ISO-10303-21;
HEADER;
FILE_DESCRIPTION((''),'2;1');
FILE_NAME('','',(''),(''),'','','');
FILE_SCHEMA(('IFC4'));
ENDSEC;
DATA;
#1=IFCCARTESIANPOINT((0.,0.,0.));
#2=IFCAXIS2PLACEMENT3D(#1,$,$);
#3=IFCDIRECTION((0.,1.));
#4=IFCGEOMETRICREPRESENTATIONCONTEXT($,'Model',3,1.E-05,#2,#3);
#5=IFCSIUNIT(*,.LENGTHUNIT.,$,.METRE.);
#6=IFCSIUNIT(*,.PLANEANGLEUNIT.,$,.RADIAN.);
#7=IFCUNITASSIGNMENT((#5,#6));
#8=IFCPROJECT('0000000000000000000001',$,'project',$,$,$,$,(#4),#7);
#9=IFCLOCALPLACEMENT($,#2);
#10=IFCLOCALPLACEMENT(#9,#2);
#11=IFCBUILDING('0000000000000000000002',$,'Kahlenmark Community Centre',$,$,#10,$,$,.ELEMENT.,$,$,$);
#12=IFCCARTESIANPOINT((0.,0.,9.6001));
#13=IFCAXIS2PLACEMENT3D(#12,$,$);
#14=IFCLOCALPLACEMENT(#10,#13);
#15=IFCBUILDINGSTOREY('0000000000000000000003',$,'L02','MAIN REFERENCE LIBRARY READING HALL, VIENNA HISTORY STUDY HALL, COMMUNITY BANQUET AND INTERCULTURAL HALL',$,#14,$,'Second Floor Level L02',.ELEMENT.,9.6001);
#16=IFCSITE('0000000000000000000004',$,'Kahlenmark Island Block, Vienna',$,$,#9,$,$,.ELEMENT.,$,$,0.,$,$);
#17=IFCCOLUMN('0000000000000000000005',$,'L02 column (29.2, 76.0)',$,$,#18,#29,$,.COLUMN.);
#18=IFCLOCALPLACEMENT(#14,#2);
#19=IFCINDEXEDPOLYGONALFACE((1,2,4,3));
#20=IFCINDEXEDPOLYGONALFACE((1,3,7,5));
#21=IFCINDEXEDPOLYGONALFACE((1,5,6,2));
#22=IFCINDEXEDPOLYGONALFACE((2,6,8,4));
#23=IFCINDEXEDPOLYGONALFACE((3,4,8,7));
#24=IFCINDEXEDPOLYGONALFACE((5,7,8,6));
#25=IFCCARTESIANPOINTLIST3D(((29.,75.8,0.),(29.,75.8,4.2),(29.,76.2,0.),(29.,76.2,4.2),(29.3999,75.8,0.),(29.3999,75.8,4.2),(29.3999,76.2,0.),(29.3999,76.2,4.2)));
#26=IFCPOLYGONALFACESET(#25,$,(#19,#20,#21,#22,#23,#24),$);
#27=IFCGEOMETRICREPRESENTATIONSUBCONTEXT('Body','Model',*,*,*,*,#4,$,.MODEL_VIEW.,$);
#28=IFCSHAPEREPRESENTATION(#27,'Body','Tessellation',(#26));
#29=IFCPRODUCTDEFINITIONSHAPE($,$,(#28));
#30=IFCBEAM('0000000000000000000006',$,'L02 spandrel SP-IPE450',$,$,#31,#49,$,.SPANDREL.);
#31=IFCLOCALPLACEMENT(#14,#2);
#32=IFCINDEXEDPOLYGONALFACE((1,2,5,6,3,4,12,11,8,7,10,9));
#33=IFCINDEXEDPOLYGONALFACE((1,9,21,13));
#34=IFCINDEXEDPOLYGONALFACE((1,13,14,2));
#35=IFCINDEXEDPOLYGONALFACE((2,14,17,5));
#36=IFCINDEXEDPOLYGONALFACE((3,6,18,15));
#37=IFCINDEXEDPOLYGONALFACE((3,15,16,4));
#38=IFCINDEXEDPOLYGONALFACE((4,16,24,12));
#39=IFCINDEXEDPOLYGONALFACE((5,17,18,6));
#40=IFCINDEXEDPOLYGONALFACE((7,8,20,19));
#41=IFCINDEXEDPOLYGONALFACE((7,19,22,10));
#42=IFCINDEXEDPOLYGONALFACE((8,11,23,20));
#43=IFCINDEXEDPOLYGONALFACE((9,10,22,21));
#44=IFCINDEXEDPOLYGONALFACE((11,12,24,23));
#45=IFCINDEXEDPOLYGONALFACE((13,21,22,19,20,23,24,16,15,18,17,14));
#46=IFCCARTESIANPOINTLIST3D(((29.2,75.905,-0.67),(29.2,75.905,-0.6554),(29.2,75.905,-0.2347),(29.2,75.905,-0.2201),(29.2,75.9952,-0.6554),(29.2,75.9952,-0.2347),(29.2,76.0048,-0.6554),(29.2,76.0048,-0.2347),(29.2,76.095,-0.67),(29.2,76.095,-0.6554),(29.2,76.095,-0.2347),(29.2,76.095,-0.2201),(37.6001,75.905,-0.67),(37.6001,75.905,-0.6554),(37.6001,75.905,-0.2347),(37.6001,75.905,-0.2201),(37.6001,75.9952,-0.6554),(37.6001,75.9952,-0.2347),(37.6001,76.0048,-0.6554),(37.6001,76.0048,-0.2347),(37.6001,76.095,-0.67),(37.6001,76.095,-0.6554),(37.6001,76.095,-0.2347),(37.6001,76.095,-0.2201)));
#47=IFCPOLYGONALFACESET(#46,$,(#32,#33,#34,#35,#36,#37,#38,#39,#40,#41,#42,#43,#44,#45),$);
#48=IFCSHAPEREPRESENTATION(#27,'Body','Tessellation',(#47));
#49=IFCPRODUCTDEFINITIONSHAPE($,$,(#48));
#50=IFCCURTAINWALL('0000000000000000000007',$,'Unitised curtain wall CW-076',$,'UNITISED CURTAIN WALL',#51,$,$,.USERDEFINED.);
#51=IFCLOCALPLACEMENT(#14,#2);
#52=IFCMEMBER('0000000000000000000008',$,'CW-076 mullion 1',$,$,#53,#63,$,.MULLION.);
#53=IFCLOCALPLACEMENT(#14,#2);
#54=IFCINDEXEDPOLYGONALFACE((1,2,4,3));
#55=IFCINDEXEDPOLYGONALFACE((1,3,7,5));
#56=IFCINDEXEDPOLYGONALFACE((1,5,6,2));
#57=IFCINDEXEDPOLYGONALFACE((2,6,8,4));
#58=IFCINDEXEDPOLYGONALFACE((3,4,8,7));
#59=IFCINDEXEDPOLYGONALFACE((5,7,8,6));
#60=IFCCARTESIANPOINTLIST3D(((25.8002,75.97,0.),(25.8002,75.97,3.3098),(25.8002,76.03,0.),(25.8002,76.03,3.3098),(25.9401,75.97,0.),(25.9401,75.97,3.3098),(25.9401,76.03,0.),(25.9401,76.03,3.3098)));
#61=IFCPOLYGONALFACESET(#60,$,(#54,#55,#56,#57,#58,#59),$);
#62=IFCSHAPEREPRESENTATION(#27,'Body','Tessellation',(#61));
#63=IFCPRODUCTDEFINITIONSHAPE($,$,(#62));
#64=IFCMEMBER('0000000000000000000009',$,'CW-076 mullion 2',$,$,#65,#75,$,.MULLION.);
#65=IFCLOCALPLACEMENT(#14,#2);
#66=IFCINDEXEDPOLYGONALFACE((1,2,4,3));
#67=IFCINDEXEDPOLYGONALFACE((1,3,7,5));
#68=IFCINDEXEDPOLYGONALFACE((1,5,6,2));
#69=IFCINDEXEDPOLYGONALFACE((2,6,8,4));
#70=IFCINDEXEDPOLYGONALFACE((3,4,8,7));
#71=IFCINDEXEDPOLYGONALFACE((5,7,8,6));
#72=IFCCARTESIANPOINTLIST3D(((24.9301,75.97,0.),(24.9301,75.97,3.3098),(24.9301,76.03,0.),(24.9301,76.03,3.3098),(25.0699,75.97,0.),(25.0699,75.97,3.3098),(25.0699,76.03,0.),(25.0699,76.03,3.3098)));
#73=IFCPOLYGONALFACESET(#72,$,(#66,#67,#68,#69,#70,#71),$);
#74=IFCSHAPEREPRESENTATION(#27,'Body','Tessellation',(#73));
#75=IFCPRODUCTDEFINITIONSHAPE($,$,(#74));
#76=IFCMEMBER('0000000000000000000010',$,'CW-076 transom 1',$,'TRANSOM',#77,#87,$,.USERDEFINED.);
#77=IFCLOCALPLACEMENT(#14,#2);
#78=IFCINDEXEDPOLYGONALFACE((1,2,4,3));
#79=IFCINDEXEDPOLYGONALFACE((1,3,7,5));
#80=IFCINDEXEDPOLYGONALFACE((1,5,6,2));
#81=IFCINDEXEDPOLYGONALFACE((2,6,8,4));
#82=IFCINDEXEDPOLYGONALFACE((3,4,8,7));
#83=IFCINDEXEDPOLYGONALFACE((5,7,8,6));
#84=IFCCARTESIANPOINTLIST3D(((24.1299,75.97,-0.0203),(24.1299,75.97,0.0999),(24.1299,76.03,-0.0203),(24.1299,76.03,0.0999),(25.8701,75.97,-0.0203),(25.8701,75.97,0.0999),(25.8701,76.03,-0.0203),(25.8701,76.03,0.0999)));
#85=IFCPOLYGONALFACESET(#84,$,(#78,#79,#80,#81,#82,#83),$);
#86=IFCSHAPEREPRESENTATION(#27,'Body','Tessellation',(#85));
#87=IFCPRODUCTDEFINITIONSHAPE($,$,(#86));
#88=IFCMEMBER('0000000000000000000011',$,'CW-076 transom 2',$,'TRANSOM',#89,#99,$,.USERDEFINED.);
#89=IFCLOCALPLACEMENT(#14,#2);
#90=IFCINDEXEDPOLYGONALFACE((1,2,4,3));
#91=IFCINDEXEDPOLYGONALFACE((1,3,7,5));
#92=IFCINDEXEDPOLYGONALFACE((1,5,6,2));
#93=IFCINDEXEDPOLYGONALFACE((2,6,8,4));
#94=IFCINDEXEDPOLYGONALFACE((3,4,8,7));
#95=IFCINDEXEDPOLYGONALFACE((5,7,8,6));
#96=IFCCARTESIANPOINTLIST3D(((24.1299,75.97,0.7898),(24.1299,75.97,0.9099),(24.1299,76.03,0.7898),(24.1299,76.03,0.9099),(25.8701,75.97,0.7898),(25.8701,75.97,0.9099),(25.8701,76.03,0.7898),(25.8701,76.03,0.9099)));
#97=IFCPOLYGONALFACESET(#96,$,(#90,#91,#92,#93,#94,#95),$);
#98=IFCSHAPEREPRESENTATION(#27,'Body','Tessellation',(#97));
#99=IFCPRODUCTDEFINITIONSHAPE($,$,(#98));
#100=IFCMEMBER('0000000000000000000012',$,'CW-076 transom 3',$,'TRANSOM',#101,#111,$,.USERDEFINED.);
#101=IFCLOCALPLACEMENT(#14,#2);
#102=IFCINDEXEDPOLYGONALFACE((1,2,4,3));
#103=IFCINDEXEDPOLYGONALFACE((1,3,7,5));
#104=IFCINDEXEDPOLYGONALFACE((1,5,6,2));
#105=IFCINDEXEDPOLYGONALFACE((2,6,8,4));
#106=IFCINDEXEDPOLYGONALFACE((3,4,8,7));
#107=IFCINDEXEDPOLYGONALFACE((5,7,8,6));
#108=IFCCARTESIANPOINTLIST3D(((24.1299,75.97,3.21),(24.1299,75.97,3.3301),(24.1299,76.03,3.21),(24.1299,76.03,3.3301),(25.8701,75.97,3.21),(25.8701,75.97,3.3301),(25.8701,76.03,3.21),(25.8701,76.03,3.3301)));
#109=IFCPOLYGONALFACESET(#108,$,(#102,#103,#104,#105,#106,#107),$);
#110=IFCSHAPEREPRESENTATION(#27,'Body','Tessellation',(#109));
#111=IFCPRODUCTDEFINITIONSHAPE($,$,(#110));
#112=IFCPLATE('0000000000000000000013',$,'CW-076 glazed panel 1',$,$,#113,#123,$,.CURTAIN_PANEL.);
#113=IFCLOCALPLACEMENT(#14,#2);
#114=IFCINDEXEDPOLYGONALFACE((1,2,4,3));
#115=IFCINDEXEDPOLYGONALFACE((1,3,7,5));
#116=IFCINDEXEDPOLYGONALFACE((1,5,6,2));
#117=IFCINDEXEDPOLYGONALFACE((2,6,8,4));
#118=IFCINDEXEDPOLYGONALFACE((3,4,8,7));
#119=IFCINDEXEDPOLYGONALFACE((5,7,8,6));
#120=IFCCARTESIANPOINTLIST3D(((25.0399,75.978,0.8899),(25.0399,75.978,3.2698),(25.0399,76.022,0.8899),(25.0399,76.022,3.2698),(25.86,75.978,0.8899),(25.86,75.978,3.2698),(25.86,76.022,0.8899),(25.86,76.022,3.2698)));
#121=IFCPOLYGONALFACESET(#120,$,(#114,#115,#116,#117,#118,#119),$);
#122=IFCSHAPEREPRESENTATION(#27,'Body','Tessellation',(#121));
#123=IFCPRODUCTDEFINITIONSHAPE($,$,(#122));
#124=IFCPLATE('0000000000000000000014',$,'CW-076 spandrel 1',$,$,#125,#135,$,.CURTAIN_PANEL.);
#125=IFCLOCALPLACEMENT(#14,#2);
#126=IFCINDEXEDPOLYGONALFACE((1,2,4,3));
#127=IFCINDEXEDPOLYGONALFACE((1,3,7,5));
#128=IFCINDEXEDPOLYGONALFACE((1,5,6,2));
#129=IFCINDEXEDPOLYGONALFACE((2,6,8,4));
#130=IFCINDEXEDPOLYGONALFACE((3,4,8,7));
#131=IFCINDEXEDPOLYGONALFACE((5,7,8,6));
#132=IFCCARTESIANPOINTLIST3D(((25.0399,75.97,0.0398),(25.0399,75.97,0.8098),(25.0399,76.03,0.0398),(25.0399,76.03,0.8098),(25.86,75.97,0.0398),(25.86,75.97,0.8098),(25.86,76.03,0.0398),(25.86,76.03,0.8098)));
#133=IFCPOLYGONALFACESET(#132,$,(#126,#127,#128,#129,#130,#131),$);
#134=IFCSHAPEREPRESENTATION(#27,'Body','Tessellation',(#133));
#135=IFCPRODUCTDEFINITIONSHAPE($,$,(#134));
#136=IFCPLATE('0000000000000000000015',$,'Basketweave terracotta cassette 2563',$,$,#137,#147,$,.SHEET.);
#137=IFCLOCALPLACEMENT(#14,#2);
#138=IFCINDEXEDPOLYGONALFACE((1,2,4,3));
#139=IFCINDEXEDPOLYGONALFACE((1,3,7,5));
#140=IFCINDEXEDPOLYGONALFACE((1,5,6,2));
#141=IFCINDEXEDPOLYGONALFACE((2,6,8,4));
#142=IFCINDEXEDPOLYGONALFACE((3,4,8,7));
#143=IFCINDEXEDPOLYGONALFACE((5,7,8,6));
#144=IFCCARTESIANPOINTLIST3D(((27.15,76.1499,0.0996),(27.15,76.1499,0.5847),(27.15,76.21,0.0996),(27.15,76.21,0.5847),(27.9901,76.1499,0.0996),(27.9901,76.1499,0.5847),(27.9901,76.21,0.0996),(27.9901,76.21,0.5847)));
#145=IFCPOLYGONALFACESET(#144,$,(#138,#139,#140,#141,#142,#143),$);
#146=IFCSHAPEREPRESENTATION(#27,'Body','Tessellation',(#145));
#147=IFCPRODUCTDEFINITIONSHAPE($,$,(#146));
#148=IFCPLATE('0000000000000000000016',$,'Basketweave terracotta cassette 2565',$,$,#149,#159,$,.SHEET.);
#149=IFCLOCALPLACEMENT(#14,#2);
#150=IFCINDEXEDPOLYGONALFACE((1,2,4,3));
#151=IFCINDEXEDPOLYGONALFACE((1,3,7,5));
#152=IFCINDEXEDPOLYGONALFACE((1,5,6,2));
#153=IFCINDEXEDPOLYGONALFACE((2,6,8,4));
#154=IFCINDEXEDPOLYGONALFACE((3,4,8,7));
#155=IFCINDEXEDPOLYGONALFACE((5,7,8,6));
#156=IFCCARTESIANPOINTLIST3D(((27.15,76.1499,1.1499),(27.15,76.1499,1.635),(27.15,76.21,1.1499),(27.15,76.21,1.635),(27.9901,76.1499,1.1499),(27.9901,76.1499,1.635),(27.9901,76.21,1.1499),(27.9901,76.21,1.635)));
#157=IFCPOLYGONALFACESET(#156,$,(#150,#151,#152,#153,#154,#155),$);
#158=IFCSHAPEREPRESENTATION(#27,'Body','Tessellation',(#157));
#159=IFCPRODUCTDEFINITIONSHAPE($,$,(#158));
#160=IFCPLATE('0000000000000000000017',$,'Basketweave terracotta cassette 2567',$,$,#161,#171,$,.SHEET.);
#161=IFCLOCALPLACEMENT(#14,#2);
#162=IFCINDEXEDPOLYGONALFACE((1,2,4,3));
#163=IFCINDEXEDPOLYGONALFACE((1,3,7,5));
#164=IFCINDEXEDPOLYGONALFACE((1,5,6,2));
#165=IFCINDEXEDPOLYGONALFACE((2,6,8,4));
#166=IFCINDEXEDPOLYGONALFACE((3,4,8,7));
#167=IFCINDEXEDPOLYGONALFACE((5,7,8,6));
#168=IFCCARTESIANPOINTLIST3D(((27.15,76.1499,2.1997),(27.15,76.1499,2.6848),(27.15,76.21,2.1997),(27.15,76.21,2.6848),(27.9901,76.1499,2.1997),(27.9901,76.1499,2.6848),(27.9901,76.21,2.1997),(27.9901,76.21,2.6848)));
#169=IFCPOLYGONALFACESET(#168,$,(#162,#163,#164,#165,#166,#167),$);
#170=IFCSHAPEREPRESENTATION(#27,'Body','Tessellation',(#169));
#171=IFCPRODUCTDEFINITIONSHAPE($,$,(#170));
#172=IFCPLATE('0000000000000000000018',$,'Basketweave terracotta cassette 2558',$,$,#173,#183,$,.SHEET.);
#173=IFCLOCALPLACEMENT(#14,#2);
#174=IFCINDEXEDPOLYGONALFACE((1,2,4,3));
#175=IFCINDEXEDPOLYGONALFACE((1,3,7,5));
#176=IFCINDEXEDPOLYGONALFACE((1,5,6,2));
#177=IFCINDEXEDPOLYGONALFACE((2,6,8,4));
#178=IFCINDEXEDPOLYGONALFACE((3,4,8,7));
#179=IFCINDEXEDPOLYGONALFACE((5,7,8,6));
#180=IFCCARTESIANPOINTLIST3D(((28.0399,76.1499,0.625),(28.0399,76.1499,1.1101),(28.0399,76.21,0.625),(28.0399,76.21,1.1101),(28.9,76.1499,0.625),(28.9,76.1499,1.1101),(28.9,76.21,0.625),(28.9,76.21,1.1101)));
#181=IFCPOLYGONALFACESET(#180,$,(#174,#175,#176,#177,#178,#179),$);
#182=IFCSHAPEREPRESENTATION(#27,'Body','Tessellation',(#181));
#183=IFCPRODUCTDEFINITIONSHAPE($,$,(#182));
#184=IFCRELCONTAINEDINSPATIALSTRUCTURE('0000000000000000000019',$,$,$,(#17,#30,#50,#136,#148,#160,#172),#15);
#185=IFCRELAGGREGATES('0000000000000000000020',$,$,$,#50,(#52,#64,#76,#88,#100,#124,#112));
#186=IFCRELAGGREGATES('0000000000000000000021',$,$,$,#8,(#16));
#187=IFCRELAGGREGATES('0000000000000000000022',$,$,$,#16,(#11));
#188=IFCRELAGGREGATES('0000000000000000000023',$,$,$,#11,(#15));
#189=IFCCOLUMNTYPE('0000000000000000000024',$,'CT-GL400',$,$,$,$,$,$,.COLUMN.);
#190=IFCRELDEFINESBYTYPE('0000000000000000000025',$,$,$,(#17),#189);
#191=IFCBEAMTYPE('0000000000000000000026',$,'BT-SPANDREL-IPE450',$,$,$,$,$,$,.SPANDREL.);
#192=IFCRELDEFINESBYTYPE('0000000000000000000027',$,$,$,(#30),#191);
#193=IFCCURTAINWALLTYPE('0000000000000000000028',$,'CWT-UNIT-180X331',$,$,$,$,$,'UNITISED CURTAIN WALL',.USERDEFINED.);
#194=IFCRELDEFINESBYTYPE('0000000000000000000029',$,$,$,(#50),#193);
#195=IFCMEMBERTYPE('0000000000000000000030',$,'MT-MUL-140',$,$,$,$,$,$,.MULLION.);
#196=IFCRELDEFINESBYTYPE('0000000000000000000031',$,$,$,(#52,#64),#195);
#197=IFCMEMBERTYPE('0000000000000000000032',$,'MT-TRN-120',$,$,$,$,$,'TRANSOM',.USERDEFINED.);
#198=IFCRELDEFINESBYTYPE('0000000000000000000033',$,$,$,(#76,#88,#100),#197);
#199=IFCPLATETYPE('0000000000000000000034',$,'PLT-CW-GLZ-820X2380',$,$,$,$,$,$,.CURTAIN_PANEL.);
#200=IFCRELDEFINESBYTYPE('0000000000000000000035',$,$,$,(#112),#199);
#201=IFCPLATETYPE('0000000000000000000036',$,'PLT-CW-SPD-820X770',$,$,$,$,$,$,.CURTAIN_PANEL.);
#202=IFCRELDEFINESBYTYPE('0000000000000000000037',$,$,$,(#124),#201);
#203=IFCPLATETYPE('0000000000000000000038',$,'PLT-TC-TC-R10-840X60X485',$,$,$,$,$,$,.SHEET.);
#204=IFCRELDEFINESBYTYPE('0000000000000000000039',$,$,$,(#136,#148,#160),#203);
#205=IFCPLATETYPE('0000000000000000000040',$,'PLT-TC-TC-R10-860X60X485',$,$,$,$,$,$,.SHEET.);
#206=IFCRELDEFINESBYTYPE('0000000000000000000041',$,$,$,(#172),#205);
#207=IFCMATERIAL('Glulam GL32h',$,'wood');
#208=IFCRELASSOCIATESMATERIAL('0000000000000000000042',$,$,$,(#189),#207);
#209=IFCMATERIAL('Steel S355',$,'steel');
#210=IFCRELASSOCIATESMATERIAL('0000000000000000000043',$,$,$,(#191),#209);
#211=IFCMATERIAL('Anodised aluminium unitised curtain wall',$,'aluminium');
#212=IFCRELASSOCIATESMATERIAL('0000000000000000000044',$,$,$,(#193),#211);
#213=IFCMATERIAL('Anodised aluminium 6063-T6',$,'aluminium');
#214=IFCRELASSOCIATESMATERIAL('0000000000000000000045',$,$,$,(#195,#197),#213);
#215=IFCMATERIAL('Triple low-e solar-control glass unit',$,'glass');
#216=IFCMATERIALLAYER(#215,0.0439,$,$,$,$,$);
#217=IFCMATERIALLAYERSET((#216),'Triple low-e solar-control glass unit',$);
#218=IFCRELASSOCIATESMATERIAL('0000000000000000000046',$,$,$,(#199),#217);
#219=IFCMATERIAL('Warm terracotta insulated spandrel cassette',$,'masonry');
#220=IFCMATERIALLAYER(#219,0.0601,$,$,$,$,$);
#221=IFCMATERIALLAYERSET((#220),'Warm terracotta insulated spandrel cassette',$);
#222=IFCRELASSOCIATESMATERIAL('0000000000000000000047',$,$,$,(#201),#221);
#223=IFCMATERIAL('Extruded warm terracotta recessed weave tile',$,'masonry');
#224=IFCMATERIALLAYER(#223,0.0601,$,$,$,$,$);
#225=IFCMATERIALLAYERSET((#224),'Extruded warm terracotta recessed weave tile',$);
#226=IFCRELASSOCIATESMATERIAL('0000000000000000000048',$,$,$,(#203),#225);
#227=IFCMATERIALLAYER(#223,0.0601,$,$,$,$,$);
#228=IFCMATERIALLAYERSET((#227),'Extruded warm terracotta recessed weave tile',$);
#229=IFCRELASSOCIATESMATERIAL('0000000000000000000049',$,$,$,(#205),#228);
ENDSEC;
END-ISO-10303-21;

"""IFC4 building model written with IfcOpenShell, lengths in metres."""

from ifc_helpers import new_model, si_unit, direction, frame, origin, origin_2d, place, context, subcontext, project, spatial, rectangle, i_section, extrude, material, layer, layer_set, material_profile, profile_set, type_object, element, aggregate, save


model = new_model("IFC4")

# Units and contexts
model_context = context("Model", 3, precision=1e-05, world=origin(), true_north=direction((0.0, 1.0)))
body_context = subcontext(model_context, "Body", "Model", "MODEL_VIEW")
ifc_project = project(units=[si_unit("LENGTHUNIT", "METRE"), si_unit("PLANEANGLEUNIT", "RADIAN")], contexts=[model_context])

# Site, building, storey
site_placement = place(None, origin())
site = spatial("IfcSite", under=ifc_project, at=site_placement, Name="Kahlenmark Island Block, Vienna", CompositionType="ELEMENT", RefElevation=0.0)
building_placement = place(site_placement, origin())
building = spatial("IfcBuilding", under=site, at=building_placement, Name="Kahlenmark Community Centre", CompositionType="ELEMENT")
storey_placement = place(building_placement, frame((0.0, 0.0, 9.6001)))
storey = spatial("IfcBuildingStorey", under=building, at=storey_placement, Name="L02", Description="MAIN REFERENCE LIBRARY READING HALL, VIENNA HISTORY STUDY HALL, COMMUNITY BANQUET AND INTERCULTURAL HALL", LongName="Second Floor Level L02", CompositionType="ELEMENT", Elevation=9.6001)

# Column
ifc_material_1 = material(Name="Glulam GL32h", Category="wood")
ifc_material_profile_1 = material_profile(ifc_material_1, rectangle(XDim=0.3999, YDim=0.3999, at=origin_2d()), Name="GL32h 400x400")
ifc_profile_set_1 = profile_set([ifc_material_profile_1], Name="Glulam GL32h")
column_type = type_object("IfcColumnType", Name="CT-GL400", PredefinedType="COLUMN", material=ifc_profile_set_1)
column_placement = place(storey_placement, frame((29.2, 76.0, 0.0), z_axis=(0.0, 0.0, 1.0), x_axis=(1.0, 0.0, 0.0)))
element("IfcColumn", 1, at=column_placement, inside=storey, type_object=column_type, Name="L02 column (29.2, 76.0)", PredefinedType="COLUMN", context=body_context, shape_type="SweptSolid", body=[
    extrude(rectangle(XDim=0.3999, YDim=0.3999, at=origin_2d()), origin(), (0.0, 0.0, 1.0), 4.2),
])

# Beam
ifc_material_2 = material(Name="Steel S355", Category="steel")
ifc_material_profile_2 = material_profile(ifc_material_2, i_section(OverallWidth=0.1899, OverallDepth=0.45, WebThickness=0.0095, FlangeThickness=0.0146, at=origin_2d()), Name="IPE 450")
ifc_profile_set_2 = profile_set([ifc_material_profile_2], Name="Steel S355")
beam_type = type_object("IfcBeamType", Name="BT-SPANDREL-IPE450", PredefinedType="SPANDREL", material=ifc_profile_set_2)
beam_placement = place(storey_placement, frame((29.2, 76.0, -0.4451), z_axis=(1.0, 0.0, 0.0), x_axis=(0.0, 1.0, 0.0)))
element("IfcBeam", 2, at=beam_placement, inside=storey, type_object=beam_type, Name="L02 spandrel SP-IPE450", PredefinedType="SPANDREL", context=body_context, shape_type="SweptSolid", body=[
    extrude(i_section(OverallWidth=0.1899, OverallDepth=0.45, WebThickness=0.0095, FlangeThickness=0.0146, at=origin_2d()), origin(), (0.0, 0.0, 1.0), 8.4001),
])

# Curtain wall, members, plates
ifc_material_3 = material(Name="Anodised aluminium unitised curtain wall", Category="aluminium")
curtain_wall_type = type_object("IfcCurtainWallType", Name="CWT-UNIT-180X331", ElementType="UNITISED CURTAIN WALL", PredefinedType="USERDEFINED", material=ifc_material_3)
curtain_wall_placement = place(storey_placement, origin())
curtain_wall = element("IfcCurtainWall", 3, at=curtain_wall_placement, inside=storey, type_object=curtain_wall_type, Name="Unitised curtain wall CW-076", ObjectType="UNITISED CURTAIN WALL", PredefinedType="USERDEFINED")
ifc_material_4 = material(Name="Anodised aluminium 6063-T6", Category="aluminium")
ifc_material_profile_3 = material_profile(ifc_material_4, rectangle(XDim=0.0601, YDim=0.1399, at=origin_2d()), Name="ALU MULLION 60x140")
ifc_profile_set_3 = profile_set([ifc_material_profile_3], Name="Anodised aluminium 6063-T6")
member_type_1 = type_object("IfcMemberType", Name="MT-MUL-140", PredefinedType="MULLION", material=ifc_profile_set_3)
member_1_placement = place(storey_placement, frame((25.8701, 76.0, 0.0), z_axis=(0.0, 0.0, 1.0), x_axis=(0.0, -1.0, 0.0)))
member_1 = element("IfcMember", 4, at=member_1_placement, type_object=member_type_1, Name="CW-076 mullion 1", PredefinedType="MULLION", context=body_context, shape_type="SweptSolid", body=[
    extrude(rectangle(XDim=0.0601, YDim=0.1399, at=origin_2d()), origin(), (0.0, 0.0, 1.0), 3.3098),
])
member_2_placement = place(storey_placement, frame((25.0, 76.0, 0.0), z_axis=(0.0, 0.0, 1.0), x_axis=(0.0, -1.0, 0.0)))
member_2 = element("IfcMember", 5, at=member_2_placement, type_object=member_type_1, Name="CW-076 mullion 2", PredefinedType="MULLION", context=body_context, shape_type="SweptSolid", body=[
    extrude(rectangle(XDim=0.0601, YDim=0.1399, at=origin_2d()), origin(), (0.0, 0.0, 1.0), 3.3098),
])
ifc_material_profile_4 = material_profile(ifc_material_4, rectangle(XDim=0.0601, YDim=0.1201, at=origin_2d()), Name="ALU TRANSOM 60x120")
ifc_profile_set_4 = profile_set([ifc_material_profile_4], Name="Anodised aluminium 6063-T6")
member_type_2 = type_object("IfcMemberType", Name="MT-TRN-120", ElementType="TRANSOM", PredefinedType="USERDEFINED", material=ifc_profile_set_4)
member_3_placement = place(storey_placement, frame((25.8701, 76.0, 0.0398), z_axis=(-1.0, 0.0, 0.0), x_axis=(0.0, -1.0, 0.0)))
member_3 = element("IfcMember", 6, at=member_3_placement, type_object=member_type_2, Name="CW-076 transom 1", ObjectType="TRANSOM", PredefinedType="USERDEFINED", context=body_context, shape_type="SweptSolid", body=[
    extrude(rectangle(XDim=0.0601, YDim=0.1201, at=origin_2d()), origin(), (0.0, 0.0, 1.0), 1.7402),
])
member_4_placement = place(storey_placement, frame((25.8701, 76.0, 0.8499), z_axis=(-1.0, 0.0, 0.0), x_axis=(0.0, -1.0, 0.0)))
member_4 = element("IfcMember", 7, at=member_4_placement, type_object=member_type_2, Name="CW-076 transom 2", ObjectType="TRANSOM", PredefinedType="USERDEFINED", context=body_context, shape_type="SweptSolid", body=[
    extrude(rectangle(XDim=0.0601, YDim=0.1201, at=origin_2d()), origin(), (0.0, 0.0, 1.0), 1.7402),
])
member_5_placement = place(storey_placement, frame((25.8701, 76.0, 3.27), z_axis=(-1.0, 0.0, 0.0), x_axis=(0.0, -1.0, 0.0)))
member_5 = element("IfcMember", 8, at=member_5_placement, type_object=member_type_2, Name="CW-076 transom 3", ObjectType="TRANSOM", PredefinedType="USERDEFINED", context=body_context, shape_type="SweptSolid", body=[
    extrude(rectangle(XDim=0.0601, YDim=0.1201, at=origin_2d()), origin(), (0.0, 0.0, 1.0), 1.7402),
])
ifc_material_5 = material(Name="Triple low-e solar-control glass unit", Category="glass")
ifc_layer_1 = layer(ifc_material_5, 0.0439)
ifc_layer_set_1 = layer_set([ifc_layer_1], Name="Triple low-e solar-control glass unit")
plate_type_1 = type_object("IfcPlateType", Name="PLT-CW-GLZ-820X2380", PredefinedType="CURTAIN_PANEL", material=ifc_layer_set_1)
plate_1_placement = place(storey_placement, frame((25.45, 76.0, 0.8899), z_axis=(0.0, 0.0, 1.0), x_axis=(-1.0, 0.0, 0.0)))
plate_1 = element("IfcPlate", 9, at=plate_1_placement, type_object=plate_type_1, Name="CW-076 glazed panel 1", PredefinedType="CURTAIN_PANEL", context=body_context, shape_type="SweptSolid", body=[
    extrude(rectangle(XDim=0.8201, YDim=0.0439, at=origin_2d()), origin(), (0.0, 0.0, 1.0), 2.3799),
])
ifc_material_6 = material(Name="Warm terracotta insulated spandrel cassette", Category="masonry")
ifc_layer_2 = layer(ifc_material_6, 0.0601)
ifc_layer_set_2 = layer_set([ifc_layer_2], Name="Warm terracotta insulated spandrel cassette")
plate_type_2 = type_object("IfcPlateType", Name="PLT-CW-SPD-820X770", PredefinedType="CURTAIN_PANEL", material=ifc_layer_set_2)
plate_2_placement = place(storey_placement, frame((25.45, 76.0, 0.0398), z_axis=(0.0, 0.0, 1.0), x_axis=(-1.0, 0.0, 0.0)))
plate_2 = element("IfcPlate", 10, at=plate_2_placement, type_object=plate_type_2, Name="CW-076 spandrel 1", PredefinedType="CURTAIN_PANEL", context=body_context, shape_type="SweptSolid", body=[
    extrude(rectangle(XDim=0.8201, YDim=0.0601, at=origin_2d()), origin(), (0.0, 0.0, 1.0), 0.77),
])
aggregate(curtain_wall, [member_1, member_2, member_3, member_4, member_5, plate_2, plate_1])

# Plates
ifc_material_7 = material(Name="Extruded warm terracotta recessed weave tile", Category="masonry")
ifc_layer_3 = layer(ifc_material_7, 0.0601)
ifc_layer_set_3 = layer_set([ifc_layer_3], Name="Extruded warm terracotta recessed weave tile")
plate_type_3 = type_object("IfcPlateType", Name="PLT-TC-TC-R10-840X60X485", PredefinedType="SHEET", material=ifc_layer_set_3)
for number, where, z_axis, x_axis, name in (
    (11, (27.5701, 76.1799, 0.0996), (0.0, 0.0, 1.0), (-1.0, 0.0, 0.0), "Basketweave terracotta cassette 2563"),
    (12, (27.5701, 76.1799, 1.1499), (0.0, 0.0, 1.0), (-1.0, 0.0, 0.0), "Basketweave terracotta cassette 2565"),
    (13, (27.5701, 76.1799, 2.1997), (0.0, 0.0, 1.0), (-1.0, 0.0, 0.0), "Basketweave terracotta cassette 2567"),
):
    element("IfcPlate", number, at=place(storey_placement, frame(where, z_axis=z_axis, x_axis=x_axis)), inside=storey, type_object=plate_type_3, Name=name, PredefinedType="SHEET", context=body_context, shape_type="SweptSolid", body=[
        extrude(rectangle(XDim=0.8401, YDim=0.0601, at=origin_2d()), origin(), (0.0, 0.0, 1.0), 0.4851),
    ])
ifc_layer_4 = layer(ifc_material_7, 0.0601)
ifc_layer_set_4 = layer_set([ifc_layer_4], Name="Extruded warm terracotta recessed weave tile")
plate_type_4 = type_object("IfcPlateType", Name="PLT-TC-TC-R10-860X60X485", PredefinedType="SHEET", material=ifc_layer_set_4)
for number, where, z_axis, x_axis, name in (
    (14, (28.47, 76.1799, 0.625), (0.0, 0.0, 1.0), (-1.0, 0.0, 0.0), "Basketweave terracotta cassette 2558"),
):
    element("IfcPlate", number, at=place(storey_placement, frame(where, z_axis=z_axis, x_axis=x_axis)), inside=storey, type_object=plate_type_4, Name=name, PredefinedType="SHEET", context=body_context, shape_type="SweptSolid", body=[
        extrude(rectangle(XDim=0.8601, YDim=0.0601, at=origin_2d()), origin(), (0.0, 0.0, 1.0), 0.4851),
    ])

save(model, "model.ifc")
